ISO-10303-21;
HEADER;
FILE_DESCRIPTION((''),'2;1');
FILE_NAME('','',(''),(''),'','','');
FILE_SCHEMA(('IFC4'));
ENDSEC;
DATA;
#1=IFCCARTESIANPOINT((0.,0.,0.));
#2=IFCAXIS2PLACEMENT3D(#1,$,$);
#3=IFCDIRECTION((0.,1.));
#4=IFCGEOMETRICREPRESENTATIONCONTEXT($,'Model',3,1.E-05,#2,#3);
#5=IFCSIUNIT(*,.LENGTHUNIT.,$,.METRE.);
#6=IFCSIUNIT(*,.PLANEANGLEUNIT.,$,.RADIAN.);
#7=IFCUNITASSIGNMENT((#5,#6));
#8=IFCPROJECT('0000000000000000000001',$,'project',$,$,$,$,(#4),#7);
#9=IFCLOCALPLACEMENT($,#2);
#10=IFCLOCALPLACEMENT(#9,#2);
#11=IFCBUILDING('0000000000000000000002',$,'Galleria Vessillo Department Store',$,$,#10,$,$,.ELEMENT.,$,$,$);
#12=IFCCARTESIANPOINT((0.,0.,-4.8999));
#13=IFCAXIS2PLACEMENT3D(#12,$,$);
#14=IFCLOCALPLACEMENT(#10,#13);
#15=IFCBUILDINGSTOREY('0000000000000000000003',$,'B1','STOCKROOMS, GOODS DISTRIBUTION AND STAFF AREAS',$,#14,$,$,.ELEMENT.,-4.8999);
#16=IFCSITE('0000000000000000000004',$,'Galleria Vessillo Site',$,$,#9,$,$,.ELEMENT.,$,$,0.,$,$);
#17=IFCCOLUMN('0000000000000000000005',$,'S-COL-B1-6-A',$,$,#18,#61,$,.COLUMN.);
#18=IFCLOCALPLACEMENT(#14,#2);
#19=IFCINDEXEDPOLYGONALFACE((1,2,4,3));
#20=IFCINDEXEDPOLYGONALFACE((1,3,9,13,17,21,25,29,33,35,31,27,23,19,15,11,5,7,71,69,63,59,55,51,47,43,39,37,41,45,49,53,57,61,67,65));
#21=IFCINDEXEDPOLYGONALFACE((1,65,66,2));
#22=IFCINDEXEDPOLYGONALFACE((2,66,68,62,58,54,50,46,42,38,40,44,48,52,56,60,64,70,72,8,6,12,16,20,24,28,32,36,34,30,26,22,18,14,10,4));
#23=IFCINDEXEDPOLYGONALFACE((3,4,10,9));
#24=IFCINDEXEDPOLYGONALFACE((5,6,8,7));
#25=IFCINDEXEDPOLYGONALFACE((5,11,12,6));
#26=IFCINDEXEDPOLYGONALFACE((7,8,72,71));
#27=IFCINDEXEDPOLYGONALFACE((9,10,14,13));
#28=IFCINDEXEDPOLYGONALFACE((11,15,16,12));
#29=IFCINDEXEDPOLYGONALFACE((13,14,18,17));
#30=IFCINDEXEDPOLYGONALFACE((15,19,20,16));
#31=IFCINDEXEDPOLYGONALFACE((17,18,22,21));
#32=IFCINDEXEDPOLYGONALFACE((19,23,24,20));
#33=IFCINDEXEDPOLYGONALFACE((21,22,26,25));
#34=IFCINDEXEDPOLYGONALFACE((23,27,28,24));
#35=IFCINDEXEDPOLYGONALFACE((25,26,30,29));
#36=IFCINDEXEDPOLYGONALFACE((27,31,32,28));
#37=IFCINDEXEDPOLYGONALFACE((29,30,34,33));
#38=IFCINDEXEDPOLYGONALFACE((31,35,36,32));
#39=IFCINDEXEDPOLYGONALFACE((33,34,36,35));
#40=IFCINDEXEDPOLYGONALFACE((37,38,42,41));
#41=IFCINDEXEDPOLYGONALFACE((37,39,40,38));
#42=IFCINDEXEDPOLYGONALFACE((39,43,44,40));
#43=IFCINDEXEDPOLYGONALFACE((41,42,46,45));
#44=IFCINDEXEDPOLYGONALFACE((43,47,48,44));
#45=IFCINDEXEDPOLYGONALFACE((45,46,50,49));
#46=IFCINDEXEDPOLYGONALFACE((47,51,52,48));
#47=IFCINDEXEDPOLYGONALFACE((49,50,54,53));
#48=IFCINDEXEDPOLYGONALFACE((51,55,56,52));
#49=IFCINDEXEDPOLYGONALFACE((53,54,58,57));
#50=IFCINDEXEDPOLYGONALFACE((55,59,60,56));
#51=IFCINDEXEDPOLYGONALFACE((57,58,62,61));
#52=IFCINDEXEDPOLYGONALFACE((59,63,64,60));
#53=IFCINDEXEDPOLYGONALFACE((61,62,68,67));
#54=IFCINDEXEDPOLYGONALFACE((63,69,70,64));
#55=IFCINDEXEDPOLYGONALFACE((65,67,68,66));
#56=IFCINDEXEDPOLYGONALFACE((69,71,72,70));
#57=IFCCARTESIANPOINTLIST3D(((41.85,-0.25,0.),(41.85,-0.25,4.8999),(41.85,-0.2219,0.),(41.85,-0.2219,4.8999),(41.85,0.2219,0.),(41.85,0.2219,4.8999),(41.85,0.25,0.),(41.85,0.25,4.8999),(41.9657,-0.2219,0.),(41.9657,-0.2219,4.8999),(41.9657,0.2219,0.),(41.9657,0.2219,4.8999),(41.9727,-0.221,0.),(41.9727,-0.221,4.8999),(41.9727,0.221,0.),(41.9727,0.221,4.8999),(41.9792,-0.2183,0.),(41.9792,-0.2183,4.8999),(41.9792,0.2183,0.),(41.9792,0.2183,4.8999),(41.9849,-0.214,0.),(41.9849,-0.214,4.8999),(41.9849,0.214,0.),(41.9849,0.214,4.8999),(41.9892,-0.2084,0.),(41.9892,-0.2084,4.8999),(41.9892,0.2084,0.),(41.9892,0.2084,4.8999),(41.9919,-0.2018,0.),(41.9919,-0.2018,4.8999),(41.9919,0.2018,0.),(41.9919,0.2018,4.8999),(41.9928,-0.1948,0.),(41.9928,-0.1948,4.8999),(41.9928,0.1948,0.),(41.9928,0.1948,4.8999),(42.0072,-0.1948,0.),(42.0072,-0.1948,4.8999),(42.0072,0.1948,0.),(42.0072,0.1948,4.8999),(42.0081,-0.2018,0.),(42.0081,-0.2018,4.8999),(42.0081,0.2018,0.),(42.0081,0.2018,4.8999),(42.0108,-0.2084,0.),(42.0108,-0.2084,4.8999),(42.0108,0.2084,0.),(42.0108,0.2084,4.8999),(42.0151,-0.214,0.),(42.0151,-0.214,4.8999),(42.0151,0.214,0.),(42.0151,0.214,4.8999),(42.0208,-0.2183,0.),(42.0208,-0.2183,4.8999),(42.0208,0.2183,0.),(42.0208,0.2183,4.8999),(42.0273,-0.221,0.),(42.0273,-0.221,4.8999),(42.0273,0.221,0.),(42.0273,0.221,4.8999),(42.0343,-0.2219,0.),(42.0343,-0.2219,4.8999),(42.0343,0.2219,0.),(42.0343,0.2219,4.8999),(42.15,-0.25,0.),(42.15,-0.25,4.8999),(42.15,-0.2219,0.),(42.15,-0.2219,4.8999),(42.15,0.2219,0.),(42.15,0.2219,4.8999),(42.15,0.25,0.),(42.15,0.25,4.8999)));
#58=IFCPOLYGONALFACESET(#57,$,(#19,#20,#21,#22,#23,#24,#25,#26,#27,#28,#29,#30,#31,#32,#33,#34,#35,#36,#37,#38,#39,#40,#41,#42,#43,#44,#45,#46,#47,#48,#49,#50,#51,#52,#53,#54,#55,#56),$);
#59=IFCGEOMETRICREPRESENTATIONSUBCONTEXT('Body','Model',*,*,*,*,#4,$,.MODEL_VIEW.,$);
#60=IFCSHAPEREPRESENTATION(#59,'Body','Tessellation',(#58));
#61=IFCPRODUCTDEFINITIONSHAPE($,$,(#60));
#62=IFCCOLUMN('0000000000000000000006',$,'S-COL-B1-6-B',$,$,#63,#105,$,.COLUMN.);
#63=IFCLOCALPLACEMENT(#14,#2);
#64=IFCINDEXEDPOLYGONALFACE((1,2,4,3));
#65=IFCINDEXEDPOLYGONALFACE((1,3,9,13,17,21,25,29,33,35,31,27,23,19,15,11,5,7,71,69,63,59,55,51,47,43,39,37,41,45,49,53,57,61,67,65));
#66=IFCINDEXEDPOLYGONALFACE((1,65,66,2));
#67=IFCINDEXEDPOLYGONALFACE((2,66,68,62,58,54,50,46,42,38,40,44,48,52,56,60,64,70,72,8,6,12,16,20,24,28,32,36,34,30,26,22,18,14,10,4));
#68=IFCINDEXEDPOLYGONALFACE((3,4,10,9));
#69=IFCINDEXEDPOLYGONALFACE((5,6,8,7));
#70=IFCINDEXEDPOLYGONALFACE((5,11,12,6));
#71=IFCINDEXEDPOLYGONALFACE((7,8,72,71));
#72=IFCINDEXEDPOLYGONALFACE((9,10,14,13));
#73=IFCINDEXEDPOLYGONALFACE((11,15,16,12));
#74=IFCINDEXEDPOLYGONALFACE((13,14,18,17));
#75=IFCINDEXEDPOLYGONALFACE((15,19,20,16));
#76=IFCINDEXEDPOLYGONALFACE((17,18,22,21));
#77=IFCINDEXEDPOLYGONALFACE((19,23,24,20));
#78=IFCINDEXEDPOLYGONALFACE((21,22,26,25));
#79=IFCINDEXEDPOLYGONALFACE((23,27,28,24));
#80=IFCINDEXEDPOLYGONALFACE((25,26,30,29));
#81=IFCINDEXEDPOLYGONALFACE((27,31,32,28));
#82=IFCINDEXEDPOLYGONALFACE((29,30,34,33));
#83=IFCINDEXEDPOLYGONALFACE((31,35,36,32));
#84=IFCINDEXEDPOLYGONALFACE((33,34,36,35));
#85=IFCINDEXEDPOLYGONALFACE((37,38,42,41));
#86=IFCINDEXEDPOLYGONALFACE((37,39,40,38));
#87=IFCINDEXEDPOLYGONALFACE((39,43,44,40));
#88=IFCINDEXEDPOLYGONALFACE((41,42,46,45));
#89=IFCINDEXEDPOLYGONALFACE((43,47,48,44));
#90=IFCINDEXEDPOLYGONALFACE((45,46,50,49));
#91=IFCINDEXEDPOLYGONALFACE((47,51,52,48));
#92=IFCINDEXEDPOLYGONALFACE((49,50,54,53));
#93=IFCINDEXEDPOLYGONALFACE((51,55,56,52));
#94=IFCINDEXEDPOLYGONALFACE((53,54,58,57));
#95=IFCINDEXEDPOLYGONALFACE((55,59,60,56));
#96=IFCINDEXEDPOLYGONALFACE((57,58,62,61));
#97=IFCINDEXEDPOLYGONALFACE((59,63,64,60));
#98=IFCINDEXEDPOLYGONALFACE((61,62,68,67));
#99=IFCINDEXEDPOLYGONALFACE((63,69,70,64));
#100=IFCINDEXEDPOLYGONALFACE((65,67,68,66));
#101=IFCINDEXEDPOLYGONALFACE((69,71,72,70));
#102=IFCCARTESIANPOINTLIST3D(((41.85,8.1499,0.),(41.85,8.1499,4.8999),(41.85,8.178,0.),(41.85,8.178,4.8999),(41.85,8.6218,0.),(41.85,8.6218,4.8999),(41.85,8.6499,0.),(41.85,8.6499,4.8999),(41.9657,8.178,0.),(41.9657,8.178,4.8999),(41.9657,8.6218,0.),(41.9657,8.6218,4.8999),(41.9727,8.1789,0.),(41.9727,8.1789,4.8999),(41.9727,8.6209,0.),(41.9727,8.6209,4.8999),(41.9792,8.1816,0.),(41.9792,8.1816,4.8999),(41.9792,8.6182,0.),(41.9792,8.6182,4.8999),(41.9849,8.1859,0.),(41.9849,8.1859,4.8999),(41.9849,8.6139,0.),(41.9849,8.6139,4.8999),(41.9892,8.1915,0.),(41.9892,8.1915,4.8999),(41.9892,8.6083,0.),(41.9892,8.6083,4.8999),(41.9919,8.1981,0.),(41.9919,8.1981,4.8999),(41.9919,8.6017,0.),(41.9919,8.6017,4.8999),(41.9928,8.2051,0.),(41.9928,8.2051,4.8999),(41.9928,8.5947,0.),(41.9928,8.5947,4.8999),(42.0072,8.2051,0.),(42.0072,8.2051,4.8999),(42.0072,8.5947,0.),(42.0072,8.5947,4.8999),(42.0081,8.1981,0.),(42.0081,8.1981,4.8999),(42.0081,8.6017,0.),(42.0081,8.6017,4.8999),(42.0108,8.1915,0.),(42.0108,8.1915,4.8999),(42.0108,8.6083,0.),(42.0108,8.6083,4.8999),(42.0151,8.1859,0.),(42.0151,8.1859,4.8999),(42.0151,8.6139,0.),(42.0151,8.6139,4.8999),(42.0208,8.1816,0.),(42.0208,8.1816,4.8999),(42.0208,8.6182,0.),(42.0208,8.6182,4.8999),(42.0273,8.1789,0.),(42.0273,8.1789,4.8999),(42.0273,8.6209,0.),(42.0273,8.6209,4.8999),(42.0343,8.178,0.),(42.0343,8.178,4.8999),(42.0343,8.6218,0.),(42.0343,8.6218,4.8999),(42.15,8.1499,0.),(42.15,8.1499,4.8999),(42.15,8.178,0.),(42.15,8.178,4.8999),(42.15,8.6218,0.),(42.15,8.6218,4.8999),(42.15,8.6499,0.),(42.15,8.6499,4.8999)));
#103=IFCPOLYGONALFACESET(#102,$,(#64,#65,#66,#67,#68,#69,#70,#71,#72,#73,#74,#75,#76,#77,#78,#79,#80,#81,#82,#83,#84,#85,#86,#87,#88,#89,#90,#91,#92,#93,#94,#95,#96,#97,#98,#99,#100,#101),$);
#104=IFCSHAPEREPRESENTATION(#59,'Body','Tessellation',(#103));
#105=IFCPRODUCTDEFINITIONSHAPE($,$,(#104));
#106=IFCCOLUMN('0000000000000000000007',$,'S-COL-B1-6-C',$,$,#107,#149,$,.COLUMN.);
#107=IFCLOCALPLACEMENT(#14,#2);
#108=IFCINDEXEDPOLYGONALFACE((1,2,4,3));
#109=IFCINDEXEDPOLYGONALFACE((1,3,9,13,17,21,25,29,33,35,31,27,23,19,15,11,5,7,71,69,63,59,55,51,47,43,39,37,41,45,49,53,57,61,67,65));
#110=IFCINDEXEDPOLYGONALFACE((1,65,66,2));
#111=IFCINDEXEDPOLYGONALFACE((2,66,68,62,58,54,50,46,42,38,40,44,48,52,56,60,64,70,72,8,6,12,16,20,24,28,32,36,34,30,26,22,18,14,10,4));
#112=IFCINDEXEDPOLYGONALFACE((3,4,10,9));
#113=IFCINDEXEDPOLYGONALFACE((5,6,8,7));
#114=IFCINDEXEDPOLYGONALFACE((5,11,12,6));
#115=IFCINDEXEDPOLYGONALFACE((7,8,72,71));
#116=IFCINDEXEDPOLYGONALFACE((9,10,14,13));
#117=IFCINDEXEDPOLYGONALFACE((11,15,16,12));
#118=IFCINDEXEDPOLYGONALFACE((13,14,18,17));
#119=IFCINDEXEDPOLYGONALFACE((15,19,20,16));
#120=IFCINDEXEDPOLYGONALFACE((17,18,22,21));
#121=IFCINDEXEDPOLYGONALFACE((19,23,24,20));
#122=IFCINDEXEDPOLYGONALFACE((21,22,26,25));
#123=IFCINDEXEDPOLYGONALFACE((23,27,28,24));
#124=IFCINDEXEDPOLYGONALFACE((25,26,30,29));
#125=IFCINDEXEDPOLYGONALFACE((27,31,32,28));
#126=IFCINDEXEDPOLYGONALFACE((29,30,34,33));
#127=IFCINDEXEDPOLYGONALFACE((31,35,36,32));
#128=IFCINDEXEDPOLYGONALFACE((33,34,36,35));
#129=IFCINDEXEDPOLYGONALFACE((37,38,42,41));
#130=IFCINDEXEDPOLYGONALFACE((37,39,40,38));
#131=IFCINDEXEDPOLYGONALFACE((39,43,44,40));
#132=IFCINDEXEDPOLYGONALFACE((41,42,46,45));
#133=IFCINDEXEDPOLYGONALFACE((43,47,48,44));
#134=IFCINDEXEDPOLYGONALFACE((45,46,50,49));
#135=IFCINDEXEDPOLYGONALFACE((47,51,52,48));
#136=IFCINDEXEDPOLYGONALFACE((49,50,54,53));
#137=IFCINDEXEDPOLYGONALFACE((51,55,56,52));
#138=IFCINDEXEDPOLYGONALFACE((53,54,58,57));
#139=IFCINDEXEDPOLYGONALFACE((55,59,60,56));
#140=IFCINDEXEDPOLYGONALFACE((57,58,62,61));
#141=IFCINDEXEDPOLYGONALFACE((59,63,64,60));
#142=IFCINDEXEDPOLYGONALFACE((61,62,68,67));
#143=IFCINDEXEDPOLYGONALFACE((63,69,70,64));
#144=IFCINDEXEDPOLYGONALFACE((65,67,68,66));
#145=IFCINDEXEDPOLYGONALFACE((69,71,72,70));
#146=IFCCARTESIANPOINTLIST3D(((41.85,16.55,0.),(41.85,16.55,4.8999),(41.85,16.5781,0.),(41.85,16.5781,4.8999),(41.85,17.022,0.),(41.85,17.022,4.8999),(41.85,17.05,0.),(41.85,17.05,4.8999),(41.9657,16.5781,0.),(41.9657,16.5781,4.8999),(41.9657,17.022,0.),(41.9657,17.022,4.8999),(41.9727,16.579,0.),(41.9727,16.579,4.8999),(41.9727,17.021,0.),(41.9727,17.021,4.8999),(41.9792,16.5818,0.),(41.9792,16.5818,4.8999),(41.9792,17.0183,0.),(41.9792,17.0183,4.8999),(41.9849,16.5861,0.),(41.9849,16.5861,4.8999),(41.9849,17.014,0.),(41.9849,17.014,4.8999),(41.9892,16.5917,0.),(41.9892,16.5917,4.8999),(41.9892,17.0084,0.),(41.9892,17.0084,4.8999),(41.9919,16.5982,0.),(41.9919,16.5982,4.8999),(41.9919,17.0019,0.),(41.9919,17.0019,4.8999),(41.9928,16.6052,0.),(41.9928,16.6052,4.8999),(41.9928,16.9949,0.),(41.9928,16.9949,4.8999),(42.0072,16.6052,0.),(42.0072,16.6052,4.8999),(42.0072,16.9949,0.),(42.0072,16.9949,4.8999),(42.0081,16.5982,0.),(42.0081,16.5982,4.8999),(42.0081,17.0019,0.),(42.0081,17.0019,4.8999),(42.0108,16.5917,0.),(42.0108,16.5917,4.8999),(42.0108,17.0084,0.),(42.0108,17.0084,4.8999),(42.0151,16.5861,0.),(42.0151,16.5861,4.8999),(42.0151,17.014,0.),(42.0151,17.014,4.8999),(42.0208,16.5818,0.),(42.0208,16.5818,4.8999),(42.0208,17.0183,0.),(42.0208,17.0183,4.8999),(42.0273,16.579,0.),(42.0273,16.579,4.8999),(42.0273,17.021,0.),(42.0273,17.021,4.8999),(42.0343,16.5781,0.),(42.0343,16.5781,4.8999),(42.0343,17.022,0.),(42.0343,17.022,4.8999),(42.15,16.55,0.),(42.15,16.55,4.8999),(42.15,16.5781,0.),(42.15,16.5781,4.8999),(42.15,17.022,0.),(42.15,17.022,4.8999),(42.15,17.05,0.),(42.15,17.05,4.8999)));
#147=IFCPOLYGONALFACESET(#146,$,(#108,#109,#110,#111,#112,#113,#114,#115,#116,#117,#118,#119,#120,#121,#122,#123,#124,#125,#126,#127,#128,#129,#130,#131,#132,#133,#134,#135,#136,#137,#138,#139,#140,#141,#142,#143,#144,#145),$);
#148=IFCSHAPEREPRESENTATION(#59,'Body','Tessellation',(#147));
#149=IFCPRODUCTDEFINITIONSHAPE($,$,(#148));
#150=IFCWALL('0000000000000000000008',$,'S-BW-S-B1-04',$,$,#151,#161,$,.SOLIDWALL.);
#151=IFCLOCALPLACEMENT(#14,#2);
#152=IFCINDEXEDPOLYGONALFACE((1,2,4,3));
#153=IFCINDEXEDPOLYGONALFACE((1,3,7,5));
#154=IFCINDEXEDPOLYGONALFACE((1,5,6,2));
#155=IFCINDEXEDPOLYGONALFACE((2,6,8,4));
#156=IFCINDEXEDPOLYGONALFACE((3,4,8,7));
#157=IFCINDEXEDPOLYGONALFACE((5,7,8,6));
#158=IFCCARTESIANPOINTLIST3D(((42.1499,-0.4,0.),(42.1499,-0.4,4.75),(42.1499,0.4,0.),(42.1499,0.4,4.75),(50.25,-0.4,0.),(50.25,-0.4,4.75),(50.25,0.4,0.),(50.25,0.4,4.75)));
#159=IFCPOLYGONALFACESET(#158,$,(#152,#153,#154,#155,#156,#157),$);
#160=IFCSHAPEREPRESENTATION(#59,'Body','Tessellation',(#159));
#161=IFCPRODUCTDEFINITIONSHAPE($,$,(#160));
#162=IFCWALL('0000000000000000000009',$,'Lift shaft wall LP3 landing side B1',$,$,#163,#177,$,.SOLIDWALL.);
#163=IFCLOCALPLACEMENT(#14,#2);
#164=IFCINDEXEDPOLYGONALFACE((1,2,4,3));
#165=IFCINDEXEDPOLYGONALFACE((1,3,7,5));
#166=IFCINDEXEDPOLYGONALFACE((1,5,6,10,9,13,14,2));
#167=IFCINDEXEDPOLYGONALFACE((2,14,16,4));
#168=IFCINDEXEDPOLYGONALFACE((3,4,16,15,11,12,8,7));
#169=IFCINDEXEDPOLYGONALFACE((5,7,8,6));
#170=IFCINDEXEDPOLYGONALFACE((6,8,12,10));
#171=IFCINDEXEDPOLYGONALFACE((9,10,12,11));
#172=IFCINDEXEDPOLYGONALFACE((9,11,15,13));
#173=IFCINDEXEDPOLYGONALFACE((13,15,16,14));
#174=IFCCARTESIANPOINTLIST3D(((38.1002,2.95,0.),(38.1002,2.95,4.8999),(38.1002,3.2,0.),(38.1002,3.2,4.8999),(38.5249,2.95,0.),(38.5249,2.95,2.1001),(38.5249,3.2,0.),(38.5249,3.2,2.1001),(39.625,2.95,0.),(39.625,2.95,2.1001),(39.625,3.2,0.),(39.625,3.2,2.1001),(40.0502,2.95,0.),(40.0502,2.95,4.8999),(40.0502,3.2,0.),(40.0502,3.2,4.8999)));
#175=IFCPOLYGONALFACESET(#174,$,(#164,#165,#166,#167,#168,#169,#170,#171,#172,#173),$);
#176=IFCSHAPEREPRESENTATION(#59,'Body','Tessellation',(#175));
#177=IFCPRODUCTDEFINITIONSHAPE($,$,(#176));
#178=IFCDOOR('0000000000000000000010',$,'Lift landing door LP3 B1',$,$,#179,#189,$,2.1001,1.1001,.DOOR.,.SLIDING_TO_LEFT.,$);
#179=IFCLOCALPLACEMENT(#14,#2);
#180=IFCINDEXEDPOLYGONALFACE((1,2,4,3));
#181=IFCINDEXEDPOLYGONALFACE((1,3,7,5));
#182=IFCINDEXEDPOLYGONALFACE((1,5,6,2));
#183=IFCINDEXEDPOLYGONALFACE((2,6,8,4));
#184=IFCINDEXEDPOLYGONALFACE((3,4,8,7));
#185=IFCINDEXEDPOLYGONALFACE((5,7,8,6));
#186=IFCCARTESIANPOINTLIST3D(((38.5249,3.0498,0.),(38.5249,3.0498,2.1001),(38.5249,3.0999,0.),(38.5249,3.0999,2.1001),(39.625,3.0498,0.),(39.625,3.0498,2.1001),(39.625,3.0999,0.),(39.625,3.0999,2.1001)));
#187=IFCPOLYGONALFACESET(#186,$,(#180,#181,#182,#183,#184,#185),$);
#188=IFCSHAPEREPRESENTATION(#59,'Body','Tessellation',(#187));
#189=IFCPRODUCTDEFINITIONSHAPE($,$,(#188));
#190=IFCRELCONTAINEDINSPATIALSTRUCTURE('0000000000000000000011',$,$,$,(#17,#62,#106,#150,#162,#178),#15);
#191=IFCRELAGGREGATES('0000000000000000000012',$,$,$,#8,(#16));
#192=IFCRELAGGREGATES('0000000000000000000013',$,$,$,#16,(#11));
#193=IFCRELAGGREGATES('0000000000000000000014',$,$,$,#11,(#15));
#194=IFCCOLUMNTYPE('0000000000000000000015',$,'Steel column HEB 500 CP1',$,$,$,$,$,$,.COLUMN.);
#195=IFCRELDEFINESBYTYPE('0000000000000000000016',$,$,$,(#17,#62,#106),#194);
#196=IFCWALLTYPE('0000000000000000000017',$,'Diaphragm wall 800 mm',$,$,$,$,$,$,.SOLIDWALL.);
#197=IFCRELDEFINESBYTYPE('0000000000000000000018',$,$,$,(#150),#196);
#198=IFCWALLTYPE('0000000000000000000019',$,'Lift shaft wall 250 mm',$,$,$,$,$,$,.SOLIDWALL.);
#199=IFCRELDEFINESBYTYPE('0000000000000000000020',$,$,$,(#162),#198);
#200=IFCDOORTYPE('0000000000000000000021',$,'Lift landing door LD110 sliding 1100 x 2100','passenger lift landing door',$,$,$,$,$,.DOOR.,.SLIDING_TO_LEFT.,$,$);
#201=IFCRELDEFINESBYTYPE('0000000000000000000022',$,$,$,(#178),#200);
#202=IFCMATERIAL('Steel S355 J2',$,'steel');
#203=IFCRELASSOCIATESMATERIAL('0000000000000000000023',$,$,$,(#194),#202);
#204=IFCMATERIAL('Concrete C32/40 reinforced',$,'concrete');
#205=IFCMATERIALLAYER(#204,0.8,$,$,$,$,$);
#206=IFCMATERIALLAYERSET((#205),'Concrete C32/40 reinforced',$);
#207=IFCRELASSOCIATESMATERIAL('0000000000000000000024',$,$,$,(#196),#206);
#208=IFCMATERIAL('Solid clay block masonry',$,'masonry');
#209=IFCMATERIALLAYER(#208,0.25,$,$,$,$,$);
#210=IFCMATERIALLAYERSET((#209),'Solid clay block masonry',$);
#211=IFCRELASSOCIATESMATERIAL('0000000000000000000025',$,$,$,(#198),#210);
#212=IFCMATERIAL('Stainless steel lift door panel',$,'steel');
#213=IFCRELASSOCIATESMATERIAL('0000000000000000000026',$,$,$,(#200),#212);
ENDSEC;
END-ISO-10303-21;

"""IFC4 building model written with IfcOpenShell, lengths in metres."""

from ifc_helpers import new_model, si_unit, direction, frame, frame_2d, origin, origin_2d, place, context, subcontext, project, spatial, rectangle, i_section, extrude, material, layer, layer_set, material_profile, profile_set, type_object, element, fill, save


model = new_model("IFC4")

# Units and contexts
model_context = context("Model", 3, precision=1e-05, world=origin(), true_north=direction((0.0, 1.0)))
body_context = subcontext(model_context, "Body", "Model", "MODEL_VIEW")
ifc_project = project(units=[si_unit("LENGTHUNIT", "METRE"), si_unit("PLANEANGLEUNIT", "RADIAN")], contexts=[model_context])

# Site, building, storey
site_placement = place(None, origin())
site = spatial("IfcSite", under=ifc_project, at=site_placement, Name="Galleria Vessillo Site", CompositionType="ELEMENT", RefElevation=0.0)
building_placement = place(site_placement, origin())
building = spatial("IfcBuilding", under=site, at=building_placement, Name="Galleria Vessillo Department Store", CompositionType="ELEMENT")
storey_placement = place(building_placement, frame((0.0, 0.0, -4.8999)))
storey = spatial("IfcBuildingStorey", under=building, at=storey_placement, Name="B1", Description="STOCKROOMS, GOODS DISTRIBUTION AND STAFF AREAS", CompositionType="ELEMENT", Elevation=-4.8999)

# Columns
ifc_material_1 = material(Name="Steel S355 J2", Category="steel")
ifc_material_profile = material_profile(ifc_material_1, i_section(OverallWidth=0.3, OverallDepth=0.5, WebThickness=0.0144, FlangeThickness=0.0281, FilletRadius=0.0271, at=origin_2d()), Name="HEB 500")
ifc_profile_set = profile_set([ifc_material_profile], Name="Steel S355 J2")
column_type = type_object("IfcColumnType", Name="Steel column HEB 500 CP1", PredefinedType="COLUMN", material=ifc_profile_set)
for number, where, z_axis, x_axis, name in (
    (1, (42.0, 0.0, 0.0), (0.0, 0.0, 1.0), (1.0, 0.0, 0.0), "S-COL-B1-6-A"),
    (2, (42.0, 8.3999, 0.0), (0.0, 0.0, 1.0), (1.0, 0.0, 0.0), "S-COL-B1-6-B"),
    (3, (42.0, 16.8, 0.0), (0.0, 0.0, 1.0), (1.0, 0.0, 0.0), "S-COL-B1-6-C"),
):
    element("IfcColumn", number, at=place(storey_placement, frame(where, z_axis=z_axis, x_axis=x_axis)), inside=storey, type_object=column_type, Name=name, PredefinedType="COLUMN", context=body_context, shape_type="SweptSolid", body=[
        extrude(i_section(OverallWidth=0.3, OverallDepth=0.5, WebThickness=0.0144, FlangeThickness=0.0281, FilletRadius=0.0271, at=origin_2d()), origin(), (0.0, 0.0, 1.0), 4.8999),
    ])

# Wall
ifc_material_2 = material(Name="Concrete C32/40 reinforced", Category="concrete")
ifc_layer_1 = layer(ifc_material_2, 0.8)
ifc_layer_set_1 = layer_set([ifc_layer_1], Name="Concrete C32/40 reinforced")
wall_type_1 = type_object("IfcWallType", Name="Diaphragm wall 800 mm", PredefinedType="SOLIDWALL", material=ifc_layer_set_1)
wall_1_placement = place(storey_placement, frame((42.1499, 0.0, 0.0), z_axis=(0.0, 0.0, 1.0), x_axis=(1.0, 0.0, 0.0)))
element("IfcWall", 4, at=wall_1_placement, inside=storey, type_object=wall_type_1, Name="S-BW-S-B1-04", PredefinedType="SOLIDWALL", context=body_context, shape_type="SweptSolid", body=[
    extrude(rectangle(XDim=8.1001, YDim=0.8, at=frame_2d((4.05, 0.0))), origin(), (0.0, 0.0, 1.0), 4.75),
])

# Wall, opening, door
ifc_material_3 = material(Name="Solid clay block masonry", Category="masonry")
ifc_layer_2 = layer(ifc_material_3, 0.25)
ifc_layer_set_2 = layer_set([ifc_layer_2], Name="Solid clay block masonry")
wall_type_2 = type_object("IfcWallType", Name="Lift shaft wall 250 mm", PredefinedType="SOLIDWALL", material=ifc_layer_set_2)
wall_2_placement = place(storey_placement, frame((38.1001, 3.075, 0.0), z_axis=(0.0, 0.0, 1.0), x_axis=(1.0, 0.0, 0.0)))
wall_2 = element("IfcWall", 5, at=wall_2_placement, inside=storey, type_object=wall_type_2, Name="Lift shaft wall LP3 landing side B1", PredefinedType="SOLIDWALL", context=body_context, shape_type="SweptSolid", body=[
    extrude(rectangle(XDim=1.95, YDim=0.25, at=frame_2d((0.9751, 0.0))), origin(), (0.0, 0.0, 1.0), 4.8999),
])
opening_1_placement = place(wall_2_placement, frame((0.4248, 0.0, 0.0)))
opening_1 = element("IfcOpeningElement", 6, at=opening_1_placement, cuts=wall_2, PredefinedType="OPENING", context=body_context, shape_type="SweptSolid", body=[
    extrude(rectangle(XDim=1.1001, YDim=2.1001, at=frame_2d((0.55, 1.05))), frame((0.0, 0.135, 0.0), z_axis=(0.0, -1.0, 0.0), x_axis=(1.0, 0.0, 0.0)), (0.0, 0.0, 1.0), 0.27),
])
ifc_material_4 = material(Name="Stainless steel lift door panel", Category="steel")
door_type_1 = type_object("IfcDoorType", Name="Lift landing door LD110 sliding 1100 x 2100", Description="passenger lift landing door", OperationType="SLIDING_TO_LEFT", PredefinedType="DOOR", material=ifc_material_4)
door_1_placement = place(opening_1_placement, origin())
door_1 = element("IfcDoor", 7, at=door_1_placement, inside=storey, type_object=door_type_1, Name="Lift landing door LP3 B1", OperationType="SLIDING_TO_LEFT", OverallHeight=2.1001, OverallWidth=1.1001, PredefinedType="DOOR", context=body_context, shape_type="SweptSolid", body=[
    extrude(rectangle(XDim=1.1001, YDim=2.1001, at=frame_2d((0.55, 1.05))), frame((0.0, 0.0249, 0.0), z_axis=(0.0, -1.0, 0.0), x_axis=(1.0, 0.0, 0.0)), (0.0, 0.0, 1.0), 0.05),
])
fill(opening_1, door_1)

save(model, "model.ifc")
